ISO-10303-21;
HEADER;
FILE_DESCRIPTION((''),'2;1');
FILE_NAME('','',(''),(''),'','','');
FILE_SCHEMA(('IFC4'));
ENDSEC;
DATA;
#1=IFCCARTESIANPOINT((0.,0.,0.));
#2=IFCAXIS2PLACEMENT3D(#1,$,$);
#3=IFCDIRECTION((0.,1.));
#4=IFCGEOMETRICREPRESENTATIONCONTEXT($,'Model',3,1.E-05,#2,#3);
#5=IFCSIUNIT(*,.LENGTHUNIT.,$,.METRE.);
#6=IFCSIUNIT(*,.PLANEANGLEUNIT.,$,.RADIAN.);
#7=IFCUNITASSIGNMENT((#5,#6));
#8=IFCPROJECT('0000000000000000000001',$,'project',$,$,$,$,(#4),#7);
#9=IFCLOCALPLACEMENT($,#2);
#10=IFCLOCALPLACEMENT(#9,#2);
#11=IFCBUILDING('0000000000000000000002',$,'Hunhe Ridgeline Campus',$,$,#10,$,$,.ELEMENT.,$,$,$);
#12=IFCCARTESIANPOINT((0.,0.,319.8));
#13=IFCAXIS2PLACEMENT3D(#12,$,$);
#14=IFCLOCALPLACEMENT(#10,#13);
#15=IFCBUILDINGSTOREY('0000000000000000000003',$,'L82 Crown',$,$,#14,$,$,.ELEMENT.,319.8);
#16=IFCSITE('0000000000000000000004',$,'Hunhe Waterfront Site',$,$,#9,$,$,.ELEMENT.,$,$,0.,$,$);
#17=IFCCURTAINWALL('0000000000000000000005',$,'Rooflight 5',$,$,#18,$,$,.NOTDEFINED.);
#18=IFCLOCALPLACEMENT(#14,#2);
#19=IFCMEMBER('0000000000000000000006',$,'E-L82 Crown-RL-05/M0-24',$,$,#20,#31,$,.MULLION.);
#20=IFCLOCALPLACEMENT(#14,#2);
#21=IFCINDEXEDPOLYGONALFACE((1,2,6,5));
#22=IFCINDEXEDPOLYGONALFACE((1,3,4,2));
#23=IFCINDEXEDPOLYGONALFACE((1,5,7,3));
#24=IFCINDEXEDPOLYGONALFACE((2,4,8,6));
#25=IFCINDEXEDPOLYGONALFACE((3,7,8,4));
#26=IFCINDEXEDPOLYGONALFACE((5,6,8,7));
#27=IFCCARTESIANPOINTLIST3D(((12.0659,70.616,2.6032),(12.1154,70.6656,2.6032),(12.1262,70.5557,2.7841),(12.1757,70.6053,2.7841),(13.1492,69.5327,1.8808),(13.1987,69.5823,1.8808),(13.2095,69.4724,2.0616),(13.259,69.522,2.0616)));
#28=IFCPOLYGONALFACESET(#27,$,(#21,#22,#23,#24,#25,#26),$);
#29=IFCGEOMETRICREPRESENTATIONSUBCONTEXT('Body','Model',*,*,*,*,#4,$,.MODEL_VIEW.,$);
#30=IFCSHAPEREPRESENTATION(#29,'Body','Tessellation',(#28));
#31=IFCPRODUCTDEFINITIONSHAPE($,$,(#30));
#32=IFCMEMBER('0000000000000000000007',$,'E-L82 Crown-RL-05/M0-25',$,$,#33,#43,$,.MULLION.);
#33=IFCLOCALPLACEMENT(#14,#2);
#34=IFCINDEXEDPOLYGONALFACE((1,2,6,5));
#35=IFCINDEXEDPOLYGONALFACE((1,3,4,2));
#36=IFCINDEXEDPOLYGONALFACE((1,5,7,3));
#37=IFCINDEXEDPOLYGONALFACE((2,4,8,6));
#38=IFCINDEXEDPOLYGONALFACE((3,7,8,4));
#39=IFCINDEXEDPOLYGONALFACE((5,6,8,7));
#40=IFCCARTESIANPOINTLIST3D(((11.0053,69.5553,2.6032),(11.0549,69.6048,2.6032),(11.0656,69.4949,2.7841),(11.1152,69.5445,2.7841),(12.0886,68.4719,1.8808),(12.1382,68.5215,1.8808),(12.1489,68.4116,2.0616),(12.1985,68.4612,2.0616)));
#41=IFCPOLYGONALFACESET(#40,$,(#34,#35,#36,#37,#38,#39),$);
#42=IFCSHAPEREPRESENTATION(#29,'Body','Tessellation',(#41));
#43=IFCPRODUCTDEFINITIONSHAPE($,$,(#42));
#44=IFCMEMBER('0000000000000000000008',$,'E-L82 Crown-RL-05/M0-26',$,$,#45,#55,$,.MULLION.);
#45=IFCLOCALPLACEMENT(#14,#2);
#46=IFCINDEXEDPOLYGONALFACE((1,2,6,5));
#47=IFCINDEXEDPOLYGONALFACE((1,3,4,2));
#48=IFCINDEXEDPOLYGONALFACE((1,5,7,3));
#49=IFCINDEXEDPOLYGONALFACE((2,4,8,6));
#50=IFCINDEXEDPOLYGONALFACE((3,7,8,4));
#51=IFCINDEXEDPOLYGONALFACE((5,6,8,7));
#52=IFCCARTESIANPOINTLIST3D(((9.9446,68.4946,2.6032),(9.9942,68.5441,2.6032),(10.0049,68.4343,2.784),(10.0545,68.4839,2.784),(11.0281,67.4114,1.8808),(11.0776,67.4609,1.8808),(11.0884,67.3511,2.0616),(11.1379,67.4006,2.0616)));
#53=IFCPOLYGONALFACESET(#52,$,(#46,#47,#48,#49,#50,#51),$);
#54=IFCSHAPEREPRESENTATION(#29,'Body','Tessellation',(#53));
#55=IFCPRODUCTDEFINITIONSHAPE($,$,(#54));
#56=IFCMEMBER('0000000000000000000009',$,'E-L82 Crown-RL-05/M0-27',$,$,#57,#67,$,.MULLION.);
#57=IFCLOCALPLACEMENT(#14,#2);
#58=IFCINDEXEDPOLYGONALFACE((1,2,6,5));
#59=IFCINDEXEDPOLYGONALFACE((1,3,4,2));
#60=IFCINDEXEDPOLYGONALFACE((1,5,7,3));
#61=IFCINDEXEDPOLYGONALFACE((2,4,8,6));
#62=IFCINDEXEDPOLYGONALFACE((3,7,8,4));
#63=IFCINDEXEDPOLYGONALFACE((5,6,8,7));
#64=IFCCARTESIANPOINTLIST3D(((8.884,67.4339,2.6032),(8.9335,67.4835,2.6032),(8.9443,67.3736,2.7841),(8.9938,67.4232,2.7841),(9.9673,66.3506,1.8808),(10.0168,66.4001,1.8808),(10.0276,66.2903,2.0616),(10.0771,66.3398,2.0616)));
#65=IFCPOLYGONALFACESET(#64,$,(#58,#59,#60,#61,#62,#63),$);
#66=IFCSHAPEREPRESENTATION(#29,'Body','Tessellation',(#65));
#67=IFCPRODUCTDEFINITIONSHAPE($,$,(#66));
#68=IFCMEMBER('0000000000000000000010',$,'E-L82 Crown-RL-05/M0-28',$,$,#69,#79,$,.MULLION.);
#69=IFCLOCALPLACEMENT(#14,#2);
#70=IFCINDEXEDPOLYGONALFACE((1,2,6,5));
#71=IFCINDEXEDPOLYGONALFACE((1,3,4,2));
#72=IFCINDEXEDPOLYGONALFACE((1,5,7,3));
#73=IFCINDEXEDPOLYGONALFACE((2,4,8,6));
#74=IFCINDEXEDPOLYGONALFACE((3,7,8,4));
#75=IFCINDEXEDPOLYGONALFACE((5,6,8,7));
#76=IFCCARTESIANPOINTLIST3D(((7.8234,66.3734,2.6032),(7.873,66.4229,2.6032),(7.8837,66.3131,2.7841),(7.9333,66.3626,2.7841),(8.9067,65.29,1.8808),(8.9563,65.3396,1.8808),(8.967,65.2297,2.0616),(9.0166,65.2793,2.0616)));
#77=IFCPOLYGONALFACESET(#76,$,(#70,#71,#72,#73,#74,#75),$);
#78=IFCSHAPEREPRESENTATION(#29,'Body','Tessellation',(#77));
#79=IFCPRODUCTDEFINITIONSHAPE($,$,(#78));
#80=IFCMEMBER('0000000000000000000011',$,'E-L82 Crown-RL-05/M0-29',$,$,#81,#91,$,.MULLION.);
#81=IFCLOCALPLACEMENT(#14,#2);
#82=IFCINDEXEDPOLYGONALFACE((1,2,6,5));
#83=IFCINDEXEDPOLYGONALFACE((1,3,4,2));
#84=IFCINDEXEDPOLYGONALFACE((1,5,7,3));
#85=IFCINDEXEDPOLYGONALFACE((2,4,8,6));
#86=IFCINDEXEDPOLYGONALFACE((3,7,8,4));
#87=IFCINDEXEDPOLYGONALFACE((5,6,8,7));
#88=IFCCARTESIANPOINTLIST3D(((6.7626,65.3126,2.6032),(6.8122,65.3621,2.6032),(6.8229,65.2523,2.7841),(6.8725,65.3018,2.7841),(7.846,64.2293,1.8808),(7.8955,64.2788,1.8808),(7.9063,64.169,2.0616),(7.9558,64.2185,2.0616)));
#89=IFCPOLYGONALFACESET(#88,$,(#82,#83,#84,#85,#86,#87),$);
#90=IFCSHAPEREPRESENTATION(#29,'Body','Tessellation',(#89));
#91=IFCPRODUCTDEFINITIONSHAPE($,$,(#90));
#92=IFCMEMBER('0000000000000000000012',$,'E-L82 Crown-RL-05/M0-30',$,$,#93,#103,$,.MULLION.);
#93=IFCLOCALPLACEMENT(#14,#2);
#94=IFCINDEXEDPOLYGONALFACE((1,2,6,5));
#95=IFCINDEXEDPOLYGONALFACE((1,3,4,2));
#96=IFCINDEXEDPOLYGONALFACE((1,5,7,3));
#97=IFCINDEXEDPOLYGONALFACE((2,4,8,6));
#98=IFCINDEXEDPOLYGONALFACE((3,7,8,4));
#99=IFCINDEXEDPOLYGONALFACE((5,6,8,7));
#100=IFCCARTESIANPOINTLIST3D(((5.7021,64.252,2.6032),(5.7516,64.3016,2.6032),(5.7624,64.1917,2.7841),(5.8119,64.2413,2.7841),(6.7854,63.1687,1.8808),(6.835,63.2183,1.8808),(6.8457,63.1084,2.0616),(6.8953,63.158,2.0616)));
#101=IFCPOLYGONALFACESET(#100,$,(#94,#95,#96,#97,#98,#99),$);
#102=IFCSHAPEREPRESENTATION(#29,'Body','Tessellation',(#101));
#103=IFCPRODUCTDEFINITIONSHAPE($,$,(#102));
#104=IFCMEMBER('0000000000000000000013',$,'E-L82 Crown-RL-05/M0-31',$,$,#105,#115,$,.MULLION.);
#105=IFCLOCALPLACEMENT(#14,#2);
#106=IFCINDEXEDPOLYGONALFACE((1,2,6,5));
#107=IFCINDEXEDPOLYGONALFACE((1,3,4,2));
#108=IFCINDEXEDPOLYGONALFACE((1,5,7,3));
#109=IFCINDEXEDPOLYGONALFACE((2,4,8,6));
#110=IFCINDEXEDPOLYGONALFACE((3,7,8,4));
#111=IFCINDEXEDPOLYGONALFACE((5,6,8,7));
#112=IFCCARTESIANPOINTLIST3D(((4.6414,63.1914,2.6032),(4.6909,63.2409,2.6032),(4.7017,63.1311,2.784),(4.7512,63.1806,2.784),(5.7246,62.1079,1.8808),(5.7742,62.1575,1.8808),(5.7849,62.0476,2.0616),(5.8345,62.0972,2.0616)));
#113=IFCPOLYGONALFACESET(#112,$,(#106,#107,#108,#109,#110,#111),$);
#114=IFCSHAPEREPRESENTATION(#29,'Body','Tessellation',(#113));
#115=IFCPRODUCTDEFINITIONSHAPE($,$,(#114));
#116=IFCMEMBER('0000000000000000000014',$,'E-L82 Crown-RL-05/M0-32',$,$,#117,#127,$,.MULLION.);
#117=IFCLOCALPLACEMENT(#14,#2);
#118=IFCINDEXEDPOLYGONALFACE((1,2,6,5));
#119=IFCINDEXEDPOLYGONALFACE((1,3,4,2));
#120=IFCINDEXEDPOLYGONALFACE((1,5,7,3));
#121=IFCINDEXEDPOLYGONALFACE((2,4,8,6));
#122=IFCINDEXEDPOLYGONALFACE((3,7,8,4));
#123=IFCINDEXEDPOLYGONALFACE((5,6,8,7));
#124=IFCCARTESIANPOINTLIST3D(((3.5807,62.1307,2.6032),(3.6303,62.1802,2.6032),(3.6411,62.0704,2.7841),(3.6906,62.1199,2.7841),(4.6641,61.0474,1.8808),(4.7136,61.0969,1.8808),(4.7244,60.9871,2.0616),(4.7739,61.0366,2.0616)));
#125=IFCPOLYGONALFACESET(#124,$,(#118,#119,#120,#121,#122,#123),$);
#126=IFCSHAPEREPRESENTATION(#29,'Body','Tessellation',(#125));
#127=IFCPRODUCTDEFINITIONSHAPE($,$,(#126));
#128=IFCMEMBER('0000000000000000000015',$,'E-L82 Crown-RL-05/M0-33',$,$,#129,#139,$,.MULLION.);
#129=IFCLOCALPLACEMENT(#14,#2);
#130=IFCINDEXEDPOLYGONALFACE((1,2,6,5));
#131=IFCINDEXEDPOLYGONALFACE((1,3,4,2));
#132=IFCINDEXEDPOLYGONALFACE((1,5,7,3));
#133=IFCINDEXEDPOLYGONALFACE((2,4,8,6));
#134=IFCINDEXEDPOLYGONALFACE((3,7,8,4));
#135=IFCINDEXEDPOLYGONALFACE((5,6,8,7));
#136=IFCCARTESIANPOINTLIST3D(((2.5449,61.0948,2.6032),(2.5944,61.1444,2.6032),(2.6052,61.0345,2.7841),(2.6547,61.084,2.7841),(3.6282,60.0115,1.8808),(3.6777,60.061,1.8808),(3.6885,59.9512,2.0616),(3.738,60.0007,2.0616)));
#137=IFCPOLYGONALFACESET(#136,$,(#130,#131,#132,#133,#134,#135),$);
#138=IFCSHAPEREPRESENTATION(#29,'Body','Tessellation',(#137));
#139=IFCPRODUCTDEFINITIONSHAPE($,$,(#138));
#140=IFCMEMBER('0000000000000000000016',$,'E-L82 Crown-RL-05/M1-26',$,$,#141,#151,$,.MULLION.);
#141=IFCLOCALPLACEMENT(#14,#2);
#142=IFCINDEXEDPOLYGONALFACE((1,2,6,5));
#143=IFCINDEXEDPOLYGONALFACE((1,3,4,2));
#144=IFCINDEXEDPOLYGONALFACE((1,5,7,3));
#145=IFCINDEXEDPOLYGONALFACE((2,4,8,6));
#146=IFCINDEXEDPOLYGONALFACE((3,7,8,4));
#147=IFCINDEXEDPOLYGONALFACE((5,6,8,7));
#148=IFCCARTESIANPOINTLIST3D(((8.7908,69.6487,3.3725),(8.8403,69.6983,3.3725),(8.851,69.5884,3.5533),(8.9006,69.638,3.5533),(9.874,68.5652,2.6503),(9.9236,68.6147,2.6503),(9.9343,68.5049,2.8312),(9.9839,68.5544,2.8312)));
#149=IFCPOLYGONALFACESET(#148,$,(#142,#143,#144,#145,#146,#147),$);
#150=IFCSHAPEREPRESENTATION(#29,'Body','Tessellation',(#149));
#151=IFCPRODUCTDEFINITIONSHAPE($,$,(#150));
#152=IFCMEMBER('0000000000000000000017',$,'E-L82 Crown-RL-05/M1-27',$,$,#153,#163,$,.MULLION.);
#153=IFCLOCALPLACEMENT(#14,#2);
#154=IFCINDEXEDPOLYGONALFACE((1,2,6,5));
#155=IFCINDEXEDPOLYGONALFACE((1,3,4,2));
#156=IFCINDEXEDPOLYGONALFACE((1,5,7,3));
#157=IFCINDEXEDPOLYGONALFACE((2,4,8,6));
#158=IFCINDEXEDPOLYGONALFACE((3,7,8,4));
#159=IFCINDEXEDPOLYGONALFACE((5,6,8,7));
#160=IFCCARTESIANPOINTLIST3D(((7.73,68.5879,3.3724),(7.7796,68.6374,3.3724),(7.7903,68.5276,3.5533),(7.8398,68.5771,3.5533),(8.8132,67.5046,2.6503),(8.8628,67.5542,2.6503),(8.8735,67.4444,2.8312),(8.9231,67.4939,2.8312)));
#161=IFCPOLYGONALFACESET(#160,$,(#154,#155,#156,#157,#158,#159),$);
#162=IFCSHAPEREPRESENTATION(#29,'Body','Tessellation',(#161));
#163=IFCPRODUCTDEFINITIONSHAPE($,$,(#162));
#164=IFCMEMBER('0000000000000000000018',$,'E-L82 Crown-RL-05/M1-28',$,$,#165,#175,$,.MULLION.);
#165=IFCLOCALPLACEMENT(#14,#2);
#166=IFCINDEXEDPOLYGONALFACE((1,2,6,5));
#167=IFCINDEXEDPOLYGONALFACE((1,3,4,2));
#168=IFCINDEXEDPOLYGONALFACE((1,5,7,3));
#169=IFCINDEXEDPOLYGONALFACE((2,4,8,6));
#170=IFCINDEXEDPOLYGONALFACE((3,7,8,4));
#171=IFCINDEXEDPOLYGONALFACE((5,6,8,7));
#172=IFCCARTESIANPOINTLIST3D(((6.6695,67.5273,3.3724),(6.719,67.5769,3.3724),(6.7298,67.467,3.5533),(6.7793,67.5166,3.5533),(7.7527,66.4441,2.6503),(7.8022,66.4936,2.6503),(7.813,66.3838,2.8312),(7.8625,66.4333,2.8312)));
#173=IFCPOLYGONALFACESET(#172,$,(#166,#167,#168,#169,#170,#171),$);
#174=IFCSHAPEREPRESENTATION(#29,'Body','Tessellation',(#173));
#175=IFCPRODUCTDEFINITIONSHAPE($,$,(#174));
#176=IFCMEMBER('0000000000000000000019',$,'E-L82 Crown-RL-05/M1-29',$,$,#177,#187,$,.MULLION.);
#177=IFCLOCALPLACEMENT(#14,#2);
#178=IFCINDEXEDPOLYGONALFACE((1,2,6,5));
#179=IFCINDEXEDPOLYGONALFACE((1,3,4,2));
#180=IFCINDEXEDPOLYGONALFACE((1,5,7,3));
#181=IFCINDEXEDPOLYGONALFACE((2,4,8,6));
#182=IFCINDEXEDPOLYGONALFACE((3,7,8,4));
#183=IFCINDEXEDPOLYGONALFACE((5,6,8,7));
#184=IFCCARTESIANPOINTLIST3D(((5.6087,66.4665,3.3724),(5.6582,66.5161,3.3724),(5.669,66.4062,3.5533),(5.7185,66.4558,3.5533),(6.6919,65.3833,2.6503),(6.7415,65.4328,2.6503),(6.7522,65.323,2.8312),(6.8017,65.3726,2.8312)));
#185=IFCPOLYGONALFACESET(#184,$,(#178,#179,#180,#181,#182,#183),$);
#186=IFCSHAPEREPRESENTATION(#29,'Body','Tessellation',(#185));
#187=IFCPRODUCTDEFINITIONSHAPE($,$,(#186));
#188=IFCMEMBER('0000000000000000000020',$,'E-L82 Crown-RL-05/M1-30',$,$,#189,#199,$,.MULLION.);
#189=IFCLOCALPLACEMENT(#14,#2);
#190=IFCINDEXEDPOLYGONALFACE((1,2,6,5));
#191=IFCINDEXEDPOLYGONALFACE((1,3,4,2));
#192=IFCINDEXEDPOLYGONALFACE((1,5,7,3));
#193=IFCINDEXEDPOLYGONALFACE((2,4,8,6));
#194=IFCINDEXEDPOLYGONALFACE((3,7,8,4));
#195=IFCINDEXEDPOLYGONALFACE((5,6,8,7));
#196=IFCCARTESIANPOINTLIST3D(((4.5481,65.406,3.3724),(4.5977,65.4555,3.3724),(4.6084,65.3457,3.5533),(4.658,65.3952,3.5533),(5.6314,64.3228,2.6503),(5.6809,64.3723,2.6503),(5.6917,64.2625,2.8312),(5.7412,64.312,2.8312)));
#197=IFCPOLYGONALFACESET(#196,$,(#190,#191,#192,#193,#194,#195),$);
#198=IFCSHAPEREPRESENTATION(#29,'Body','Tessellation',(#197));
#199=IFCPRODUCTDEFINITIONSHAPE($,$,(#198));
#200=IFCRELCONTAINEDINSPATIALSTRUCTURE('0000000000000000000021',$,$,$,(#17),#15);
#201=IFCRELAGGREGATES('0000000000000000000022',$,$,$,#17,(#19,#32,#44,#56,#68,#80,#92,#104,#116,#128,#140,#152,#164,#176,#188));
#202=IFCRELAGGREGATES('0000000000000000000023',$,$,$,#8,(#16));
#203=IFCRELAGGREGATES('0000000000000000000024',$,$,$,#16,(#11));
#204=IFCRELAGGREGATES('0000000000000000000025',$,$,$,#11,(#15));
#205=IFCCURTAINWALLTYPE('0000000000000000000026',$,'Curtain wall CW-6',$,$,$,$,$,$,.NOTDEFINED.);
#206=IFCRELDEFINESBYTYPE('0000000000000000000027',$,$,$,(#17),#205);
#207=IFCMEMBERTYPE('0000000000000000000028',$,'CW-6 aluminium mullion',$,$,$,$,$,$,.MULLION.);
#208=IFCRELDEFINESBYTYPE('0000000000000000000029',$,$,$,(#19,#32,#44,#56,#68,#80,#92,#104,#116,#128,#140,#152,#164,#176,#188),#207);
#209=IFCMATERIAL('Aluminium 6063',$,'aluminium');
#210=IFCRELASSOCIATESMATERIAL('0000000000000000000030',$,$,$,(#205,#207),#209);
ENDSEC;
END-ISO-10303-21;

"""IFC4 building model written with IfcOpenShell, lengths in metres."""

from ifc_helpers import new_model, si_unit, direction, frame, origin, origin_2d, place, context, subcontext, project, spatial, rectangle, extrude, material, material_profile, profile_set, type_object, element, aggregate, save


model = new_model("IFC4")

# Units and contexts
model_context = context("Model", 3, precision=1e-05, world=origin(), true_north=direction((0.0, 1.0)))
body_context = subcontext(model_context, "Body", "Model", "MODEL_VIEW")
ifc_project = project(units=[si_unit("LENGTHUNIT", "METRE"), si_unit("PLANEANGLEUNIT", "RADIAN")], contexts=[model_context])

# Site, building, storey
site_placement = place(None, origin())
site = spatial("IfcSite", under=ifc_project, at=site_placement, Name="Hunhe Waterfront Site", CompositionType="ELEMENT", RefElevation=0.0)
building_placement = place(site_placement, origin())
building = spatial("IfcBuilding", under=site, at=building_placement, Name="Hunhe Ridgeline Campus", CompositionType="ELEMENT")
storey_placement = place(building_placement, frame((0.0, 0.0, 319.8)))
storey = spatial("IfcBuildingStorey", under=building, at=storey_placement, Name="L82 Crown", CompositionType="ELEMENT", Elevation=319.8)

# Curtain wall, members
ifc_material_1 = material(Name="Aluminium 6063", Category="aluminium")
curtain_wall_type = type_object("IfcCurtainWallType", Name="Curtain wall CW-6", PredefinedType="NOTDEFINED", material=ifc_material_1)
curtain_wall_placement = place(storey_placement, origin())
curtain_wall = element("IfcCurtainWall", 1, at=curtain_wall_placement, inside=storey, type_object=curtain_wall_type, Name="Rooflight 5", PredefinedType="NOTDEFINED")
ifc_material_profile = material_profile(ifc_material_1, rectangle(XDim=0.0701, YDim=0.2, at=origin_2d()))
ifc_profile_set = profile_set([ifc_material_profile], Name="Aluminium 6063")
member_type = type_object("IfcMemberType", Name="CW-6 aluminium mullion", PredefinedType="MULLION", material=ifc_profile_set)
member_1_placement = place(storey_placement, frame((13.2041, 69.5273, 1.9712), z_axis=(-0.639563, 0.639563, 0.426519), x_axis=(-0.707107, -0.707107, 0.0)))
member_1 = element("IfcMember", 2, at=member_1_placement, type_object=member_type, Name="E-L82 Crown-RL-05/M0-24", PredefinedType="MULLION", context=body_context, shape_type="SweptSolid", body=[
    extrude(rectangle(XDim=0.0701, YDim=0.2, at=origin_2d()), origin(), (0.0, 0.0, 1.0), 1.6938),
])
member_2_placement = place(storey_placement, frame((12.1436, 68.4666, 1.9712), z_axis=(-0.639563, 0.639563, 0.426519), x_axis=(-0.707107, -0.707107, 0.0)))
member_2 = element("IfcMember", 3, at=member_2_placement, type_object=member_type, Name="E-L82 Crown-RL-05/M0-25", PredefinedType="MULLION", context=body_context, shape_type="SweptSolid", body=[
    extrude(rectangle(XDim=0.0701, YDim=0.2, at=origin_2d()), origin(), (0.0, 0.0, 1.0), 1.6938),
])
member_3_placement = place(storey_placement, frame((11.083, 67.406, 1.9712), z_axis=(-0.639648, 0.639504, 0.42648), x_axis=(-0.707027, -0.707186, 0.0)))
member_3 = element("IfcMember", 4, at=member_3_placement, type_object=member_type, Name="E-L82 Crown-RL-05/M0-26", PredefinedType="MULLION", context=body_context, shape_type="SweptSolid", body=[
    extrude(rectangle(XDim=0.0701, YDim=0.2, at=origin_2d()), origin(), (0.0, 0.0, 1.0), 1.6938),
])
member_4_placement = place(storey_placement, frame((10.0222, 66.3452, 1.9712), z_axis=(-0.639563, 0.639563, 0.426519), x_axis=(-0.707107, -0.707107, 0.0)))
member_4 = element("IfcMember", 5, at=member_4_placement, type_object=member_type, Name="E-L82 Crown-RL-05/M0-27", PredefinedType="MULLION", context=body_context, shape_type="SweptSolid", body=[
    extrude(rectangle(XDim=0.0701, YDim=0.2, at=origin_2d()), origin(), (0.0, 0.0, 1.0), 1.6938),
])
member_5_placement = place(storey_placement, frame((8.9617, 65.2847, 1.9712), z_axis=(-0.639563, 0.639563, 0.426519), x_axis=(-0.707107, -0.707107, 0.0)))
member_5 = element("IfcMember", 6, at=member_5_placement, type_object=member_type, Name="E-L82 Crown-RL-05/M0-28", PredefinedType="MULLION", context=body_context, shape_type="SweptSolid", body=[
    extrude(rectangle(XDim=0.0701, YDim=0.2, at=origin_2d()), origin(), (0.0, 0.0, 1.0), 1.6938),
])
member_6_placement = place(storey_placement, frame((7.9009, 64.2239, 1.9712), z_axis=(-0.639563, 0.639563, 0.426519), x_axis=(-0.707107, -0.707107, 0.0)))
member_6 = element("IfcMember", 7, at=member_6_placement, type_object=member_type, Name="E-L82 Crown-RL-05/M0-29", PredefinedType="MULLION", context=body_context, shape_type="SweptSolid", body=[
    extrude(rectangle(XDim=0.0701, YDim=0.2, at=origin_2d()), origin(), (0.0, 0.0, 1.0), 1.6938),
])
member_7_placement = place(storey_placement, frame((6.8403, 63.1633, 1.9712), z_axis=(-0.639563, 0.639563, 0.426519), x_axis=(-0.707107, -0.707107, 0.0)))
member_7 = element("IfcMember", 8, at=member_7_placement, type_object=member_type, Name="E-L82 Crown-RL-05/M0-30", PredefinedType="MULLION", context=body_context, shape_type="SweptSolid", body=[
    extrude(rectangle(XDim=0.0701, YDim=0.2, at=origin_2d()), origin(), (0.0, 0.0, 1.0), 1.6938),
])
member_8_placement = place(storey_placement, frame((5.7795, 62.1025, 1.9712), z_axis=(-0.639504, 0.639648, 0.42648), x_axis=(-0.707186, -0.707027, 0.0)))
member_8 = element("IfcMember", 9, at=member_8_placement, type_object=member_type, Name="E-L82 Crown-RL-05/M0-31", PredefinedType="MULLION", context=body_context, shape_type="SweptSolid", body=[
    extrude(rectangle(XDim=0.0701, YDim=0.2, at=origin_2d()), origin(), (0.0, 0.0, 1.0), 1.6938),
])
member_9_placement = place(storey_placement, frame((4.719, 61.042, 1.9712), z_axis=(-0.639563, 0.639563, 0.426519), x_axis=(-0.707107, -0.707107, 0.0)))
member_9 = element("IfcMember", 10, at=member_9_placement, type_object=member_type, Name="E-L82 Crown-RL-05/M0-32", PredefinedType="MULLION", context=body_context, shape_type="SweptSolid", body=[
    extrude(rectangle(XDim=0.0701, YDim=0.2, at=origin_2d()), origin(), (0.0, 0.0, 1.0), 1.6938),
])
member_10_placement = place(storey_placement, frame((3.6831, 60.0061, 1.9712), z_axis=(-0.639563, 0.639563, 0.426519), x_axis=(-0.707107, -0.707107, 0.0)))
member_10 = element("IfcMember", 11, at=member_10_placement, type_object=member_type, Name="E-L82 Crown-RL-05/M0-33", PredefinedType="MULLION", context=body_context, shape_type="SweptSolid", body=[
    extrude(rectangle(XDim=0.0701, YDim=0.2, at=origin_2d()), origin(), (0.0, 0.0, 1.0), 1.6938),
])
member_11_placement = place(storey_placement, frame((9.929, 68.5598, 2.7407), z_axis=(-0.639543, 0.639687, 0.426362), x_axis=(-0.707186, -0.707027, 0.0)))
member_11 = element("IfcMember", 12, at=member_11_placement, type_object=member_type, Name="E-L82 Crown-RL-05/M1-26", PredefinedType="MULLION", context=body_context, shape_type="SweptSolid", body=[
    extrude(rectangle(XDim=0.0701, YDim=0.2, at=origin_2d()), origin(), (0.0, 0.0, 1.0), 1.6938),
])
member_12_placement = place(storey_placement, frame((8.8682, 67.4993, 2.7407), z_axis=(-0.639602, 0.639602, 0.426401), x_axis=(-0.707107, -0.707107, 0.0)))
member_12 = element("IfcMember", 13, at=member_12_placement, type_object=member_type, Name="E-L82 Crown-RL-05/M1-27", PredefinedType="MULLION", context=body_context, shape_type="SweptSolid", body=[
    extrude(rectangle(XDim=0.0701, YDim=0.2, at=origin_2d()), origin(), (0.0, 0.0, 1.0), 1.6936),
])
member_13_placement = place(storey_placement, frame((7.8076, 66.4387, 2.7407), z_axis=(-0.639602, 0.639602, 0.426401), x_axis=(-0.707107, -0.707107, 0.0)))
member_13 = element("IfcMember", 14, at=member_13_placement, type_object=member_type, Name="E-L82 Crown-RL-05/M1-28", PredefinedType="MULLION", context=body_context, shape_type="SweptSolid", body=[
    extrude(rectangle(XDim=0.0701, YDim=0.2, at=origin_2d()), origin(), (0.0, 0.0, 1.0), 1.6936),
])
member_14_placement = place(storey_placement, frame((6.7468, 65.3779, 2.7407), z_axis=(-0.639602, 0.639602, 0.426401), x_axis=(-0.707107, -0.707107, 0.0)))
member_14 = element("IfcMember", 15, at=member_14_placement, type_object=member_type, Name="E-L82 Crown-RL-05/M1-29", PredefinedType="MULLION", context=body_context, shape_type="SweptSolid", body=[
    extrude(rectangle(XDim=0.0701, YDim=0.2, at=origin_2d()), origin(), (0.0, 0.0, 1.0), 1.6936),
])
member_15_placement = place(storey_placement, frame((5.6863, 64.3174, 2.7407), z_axis=(-0.639602, 0.639602, 0.426401), x_axis=(-0.707107, -0.707107, 0.0)))
member_15 = element("IfcMember", 16, at=member_15_placement, type_object=member_type, Name="E-L82 Crown-RL-05/M1-30", PredefinedType="MULLION", context=body_context, shape_type="SweptSolid", body=[
    extrude(rectangle(XDim=0.0701, YDim=0.2, at=origin_2d()), origin(), (0.0, 0.0, 1.0), 1.6936),
])

aggregate(curtain_wall, [member_1, member_2, member_3, member_4, member_5, member_6, member_7, member_8, member_9, member_10, member_11, member_12, member_13, member_14, member_15])

save(model, "model.ifc")
